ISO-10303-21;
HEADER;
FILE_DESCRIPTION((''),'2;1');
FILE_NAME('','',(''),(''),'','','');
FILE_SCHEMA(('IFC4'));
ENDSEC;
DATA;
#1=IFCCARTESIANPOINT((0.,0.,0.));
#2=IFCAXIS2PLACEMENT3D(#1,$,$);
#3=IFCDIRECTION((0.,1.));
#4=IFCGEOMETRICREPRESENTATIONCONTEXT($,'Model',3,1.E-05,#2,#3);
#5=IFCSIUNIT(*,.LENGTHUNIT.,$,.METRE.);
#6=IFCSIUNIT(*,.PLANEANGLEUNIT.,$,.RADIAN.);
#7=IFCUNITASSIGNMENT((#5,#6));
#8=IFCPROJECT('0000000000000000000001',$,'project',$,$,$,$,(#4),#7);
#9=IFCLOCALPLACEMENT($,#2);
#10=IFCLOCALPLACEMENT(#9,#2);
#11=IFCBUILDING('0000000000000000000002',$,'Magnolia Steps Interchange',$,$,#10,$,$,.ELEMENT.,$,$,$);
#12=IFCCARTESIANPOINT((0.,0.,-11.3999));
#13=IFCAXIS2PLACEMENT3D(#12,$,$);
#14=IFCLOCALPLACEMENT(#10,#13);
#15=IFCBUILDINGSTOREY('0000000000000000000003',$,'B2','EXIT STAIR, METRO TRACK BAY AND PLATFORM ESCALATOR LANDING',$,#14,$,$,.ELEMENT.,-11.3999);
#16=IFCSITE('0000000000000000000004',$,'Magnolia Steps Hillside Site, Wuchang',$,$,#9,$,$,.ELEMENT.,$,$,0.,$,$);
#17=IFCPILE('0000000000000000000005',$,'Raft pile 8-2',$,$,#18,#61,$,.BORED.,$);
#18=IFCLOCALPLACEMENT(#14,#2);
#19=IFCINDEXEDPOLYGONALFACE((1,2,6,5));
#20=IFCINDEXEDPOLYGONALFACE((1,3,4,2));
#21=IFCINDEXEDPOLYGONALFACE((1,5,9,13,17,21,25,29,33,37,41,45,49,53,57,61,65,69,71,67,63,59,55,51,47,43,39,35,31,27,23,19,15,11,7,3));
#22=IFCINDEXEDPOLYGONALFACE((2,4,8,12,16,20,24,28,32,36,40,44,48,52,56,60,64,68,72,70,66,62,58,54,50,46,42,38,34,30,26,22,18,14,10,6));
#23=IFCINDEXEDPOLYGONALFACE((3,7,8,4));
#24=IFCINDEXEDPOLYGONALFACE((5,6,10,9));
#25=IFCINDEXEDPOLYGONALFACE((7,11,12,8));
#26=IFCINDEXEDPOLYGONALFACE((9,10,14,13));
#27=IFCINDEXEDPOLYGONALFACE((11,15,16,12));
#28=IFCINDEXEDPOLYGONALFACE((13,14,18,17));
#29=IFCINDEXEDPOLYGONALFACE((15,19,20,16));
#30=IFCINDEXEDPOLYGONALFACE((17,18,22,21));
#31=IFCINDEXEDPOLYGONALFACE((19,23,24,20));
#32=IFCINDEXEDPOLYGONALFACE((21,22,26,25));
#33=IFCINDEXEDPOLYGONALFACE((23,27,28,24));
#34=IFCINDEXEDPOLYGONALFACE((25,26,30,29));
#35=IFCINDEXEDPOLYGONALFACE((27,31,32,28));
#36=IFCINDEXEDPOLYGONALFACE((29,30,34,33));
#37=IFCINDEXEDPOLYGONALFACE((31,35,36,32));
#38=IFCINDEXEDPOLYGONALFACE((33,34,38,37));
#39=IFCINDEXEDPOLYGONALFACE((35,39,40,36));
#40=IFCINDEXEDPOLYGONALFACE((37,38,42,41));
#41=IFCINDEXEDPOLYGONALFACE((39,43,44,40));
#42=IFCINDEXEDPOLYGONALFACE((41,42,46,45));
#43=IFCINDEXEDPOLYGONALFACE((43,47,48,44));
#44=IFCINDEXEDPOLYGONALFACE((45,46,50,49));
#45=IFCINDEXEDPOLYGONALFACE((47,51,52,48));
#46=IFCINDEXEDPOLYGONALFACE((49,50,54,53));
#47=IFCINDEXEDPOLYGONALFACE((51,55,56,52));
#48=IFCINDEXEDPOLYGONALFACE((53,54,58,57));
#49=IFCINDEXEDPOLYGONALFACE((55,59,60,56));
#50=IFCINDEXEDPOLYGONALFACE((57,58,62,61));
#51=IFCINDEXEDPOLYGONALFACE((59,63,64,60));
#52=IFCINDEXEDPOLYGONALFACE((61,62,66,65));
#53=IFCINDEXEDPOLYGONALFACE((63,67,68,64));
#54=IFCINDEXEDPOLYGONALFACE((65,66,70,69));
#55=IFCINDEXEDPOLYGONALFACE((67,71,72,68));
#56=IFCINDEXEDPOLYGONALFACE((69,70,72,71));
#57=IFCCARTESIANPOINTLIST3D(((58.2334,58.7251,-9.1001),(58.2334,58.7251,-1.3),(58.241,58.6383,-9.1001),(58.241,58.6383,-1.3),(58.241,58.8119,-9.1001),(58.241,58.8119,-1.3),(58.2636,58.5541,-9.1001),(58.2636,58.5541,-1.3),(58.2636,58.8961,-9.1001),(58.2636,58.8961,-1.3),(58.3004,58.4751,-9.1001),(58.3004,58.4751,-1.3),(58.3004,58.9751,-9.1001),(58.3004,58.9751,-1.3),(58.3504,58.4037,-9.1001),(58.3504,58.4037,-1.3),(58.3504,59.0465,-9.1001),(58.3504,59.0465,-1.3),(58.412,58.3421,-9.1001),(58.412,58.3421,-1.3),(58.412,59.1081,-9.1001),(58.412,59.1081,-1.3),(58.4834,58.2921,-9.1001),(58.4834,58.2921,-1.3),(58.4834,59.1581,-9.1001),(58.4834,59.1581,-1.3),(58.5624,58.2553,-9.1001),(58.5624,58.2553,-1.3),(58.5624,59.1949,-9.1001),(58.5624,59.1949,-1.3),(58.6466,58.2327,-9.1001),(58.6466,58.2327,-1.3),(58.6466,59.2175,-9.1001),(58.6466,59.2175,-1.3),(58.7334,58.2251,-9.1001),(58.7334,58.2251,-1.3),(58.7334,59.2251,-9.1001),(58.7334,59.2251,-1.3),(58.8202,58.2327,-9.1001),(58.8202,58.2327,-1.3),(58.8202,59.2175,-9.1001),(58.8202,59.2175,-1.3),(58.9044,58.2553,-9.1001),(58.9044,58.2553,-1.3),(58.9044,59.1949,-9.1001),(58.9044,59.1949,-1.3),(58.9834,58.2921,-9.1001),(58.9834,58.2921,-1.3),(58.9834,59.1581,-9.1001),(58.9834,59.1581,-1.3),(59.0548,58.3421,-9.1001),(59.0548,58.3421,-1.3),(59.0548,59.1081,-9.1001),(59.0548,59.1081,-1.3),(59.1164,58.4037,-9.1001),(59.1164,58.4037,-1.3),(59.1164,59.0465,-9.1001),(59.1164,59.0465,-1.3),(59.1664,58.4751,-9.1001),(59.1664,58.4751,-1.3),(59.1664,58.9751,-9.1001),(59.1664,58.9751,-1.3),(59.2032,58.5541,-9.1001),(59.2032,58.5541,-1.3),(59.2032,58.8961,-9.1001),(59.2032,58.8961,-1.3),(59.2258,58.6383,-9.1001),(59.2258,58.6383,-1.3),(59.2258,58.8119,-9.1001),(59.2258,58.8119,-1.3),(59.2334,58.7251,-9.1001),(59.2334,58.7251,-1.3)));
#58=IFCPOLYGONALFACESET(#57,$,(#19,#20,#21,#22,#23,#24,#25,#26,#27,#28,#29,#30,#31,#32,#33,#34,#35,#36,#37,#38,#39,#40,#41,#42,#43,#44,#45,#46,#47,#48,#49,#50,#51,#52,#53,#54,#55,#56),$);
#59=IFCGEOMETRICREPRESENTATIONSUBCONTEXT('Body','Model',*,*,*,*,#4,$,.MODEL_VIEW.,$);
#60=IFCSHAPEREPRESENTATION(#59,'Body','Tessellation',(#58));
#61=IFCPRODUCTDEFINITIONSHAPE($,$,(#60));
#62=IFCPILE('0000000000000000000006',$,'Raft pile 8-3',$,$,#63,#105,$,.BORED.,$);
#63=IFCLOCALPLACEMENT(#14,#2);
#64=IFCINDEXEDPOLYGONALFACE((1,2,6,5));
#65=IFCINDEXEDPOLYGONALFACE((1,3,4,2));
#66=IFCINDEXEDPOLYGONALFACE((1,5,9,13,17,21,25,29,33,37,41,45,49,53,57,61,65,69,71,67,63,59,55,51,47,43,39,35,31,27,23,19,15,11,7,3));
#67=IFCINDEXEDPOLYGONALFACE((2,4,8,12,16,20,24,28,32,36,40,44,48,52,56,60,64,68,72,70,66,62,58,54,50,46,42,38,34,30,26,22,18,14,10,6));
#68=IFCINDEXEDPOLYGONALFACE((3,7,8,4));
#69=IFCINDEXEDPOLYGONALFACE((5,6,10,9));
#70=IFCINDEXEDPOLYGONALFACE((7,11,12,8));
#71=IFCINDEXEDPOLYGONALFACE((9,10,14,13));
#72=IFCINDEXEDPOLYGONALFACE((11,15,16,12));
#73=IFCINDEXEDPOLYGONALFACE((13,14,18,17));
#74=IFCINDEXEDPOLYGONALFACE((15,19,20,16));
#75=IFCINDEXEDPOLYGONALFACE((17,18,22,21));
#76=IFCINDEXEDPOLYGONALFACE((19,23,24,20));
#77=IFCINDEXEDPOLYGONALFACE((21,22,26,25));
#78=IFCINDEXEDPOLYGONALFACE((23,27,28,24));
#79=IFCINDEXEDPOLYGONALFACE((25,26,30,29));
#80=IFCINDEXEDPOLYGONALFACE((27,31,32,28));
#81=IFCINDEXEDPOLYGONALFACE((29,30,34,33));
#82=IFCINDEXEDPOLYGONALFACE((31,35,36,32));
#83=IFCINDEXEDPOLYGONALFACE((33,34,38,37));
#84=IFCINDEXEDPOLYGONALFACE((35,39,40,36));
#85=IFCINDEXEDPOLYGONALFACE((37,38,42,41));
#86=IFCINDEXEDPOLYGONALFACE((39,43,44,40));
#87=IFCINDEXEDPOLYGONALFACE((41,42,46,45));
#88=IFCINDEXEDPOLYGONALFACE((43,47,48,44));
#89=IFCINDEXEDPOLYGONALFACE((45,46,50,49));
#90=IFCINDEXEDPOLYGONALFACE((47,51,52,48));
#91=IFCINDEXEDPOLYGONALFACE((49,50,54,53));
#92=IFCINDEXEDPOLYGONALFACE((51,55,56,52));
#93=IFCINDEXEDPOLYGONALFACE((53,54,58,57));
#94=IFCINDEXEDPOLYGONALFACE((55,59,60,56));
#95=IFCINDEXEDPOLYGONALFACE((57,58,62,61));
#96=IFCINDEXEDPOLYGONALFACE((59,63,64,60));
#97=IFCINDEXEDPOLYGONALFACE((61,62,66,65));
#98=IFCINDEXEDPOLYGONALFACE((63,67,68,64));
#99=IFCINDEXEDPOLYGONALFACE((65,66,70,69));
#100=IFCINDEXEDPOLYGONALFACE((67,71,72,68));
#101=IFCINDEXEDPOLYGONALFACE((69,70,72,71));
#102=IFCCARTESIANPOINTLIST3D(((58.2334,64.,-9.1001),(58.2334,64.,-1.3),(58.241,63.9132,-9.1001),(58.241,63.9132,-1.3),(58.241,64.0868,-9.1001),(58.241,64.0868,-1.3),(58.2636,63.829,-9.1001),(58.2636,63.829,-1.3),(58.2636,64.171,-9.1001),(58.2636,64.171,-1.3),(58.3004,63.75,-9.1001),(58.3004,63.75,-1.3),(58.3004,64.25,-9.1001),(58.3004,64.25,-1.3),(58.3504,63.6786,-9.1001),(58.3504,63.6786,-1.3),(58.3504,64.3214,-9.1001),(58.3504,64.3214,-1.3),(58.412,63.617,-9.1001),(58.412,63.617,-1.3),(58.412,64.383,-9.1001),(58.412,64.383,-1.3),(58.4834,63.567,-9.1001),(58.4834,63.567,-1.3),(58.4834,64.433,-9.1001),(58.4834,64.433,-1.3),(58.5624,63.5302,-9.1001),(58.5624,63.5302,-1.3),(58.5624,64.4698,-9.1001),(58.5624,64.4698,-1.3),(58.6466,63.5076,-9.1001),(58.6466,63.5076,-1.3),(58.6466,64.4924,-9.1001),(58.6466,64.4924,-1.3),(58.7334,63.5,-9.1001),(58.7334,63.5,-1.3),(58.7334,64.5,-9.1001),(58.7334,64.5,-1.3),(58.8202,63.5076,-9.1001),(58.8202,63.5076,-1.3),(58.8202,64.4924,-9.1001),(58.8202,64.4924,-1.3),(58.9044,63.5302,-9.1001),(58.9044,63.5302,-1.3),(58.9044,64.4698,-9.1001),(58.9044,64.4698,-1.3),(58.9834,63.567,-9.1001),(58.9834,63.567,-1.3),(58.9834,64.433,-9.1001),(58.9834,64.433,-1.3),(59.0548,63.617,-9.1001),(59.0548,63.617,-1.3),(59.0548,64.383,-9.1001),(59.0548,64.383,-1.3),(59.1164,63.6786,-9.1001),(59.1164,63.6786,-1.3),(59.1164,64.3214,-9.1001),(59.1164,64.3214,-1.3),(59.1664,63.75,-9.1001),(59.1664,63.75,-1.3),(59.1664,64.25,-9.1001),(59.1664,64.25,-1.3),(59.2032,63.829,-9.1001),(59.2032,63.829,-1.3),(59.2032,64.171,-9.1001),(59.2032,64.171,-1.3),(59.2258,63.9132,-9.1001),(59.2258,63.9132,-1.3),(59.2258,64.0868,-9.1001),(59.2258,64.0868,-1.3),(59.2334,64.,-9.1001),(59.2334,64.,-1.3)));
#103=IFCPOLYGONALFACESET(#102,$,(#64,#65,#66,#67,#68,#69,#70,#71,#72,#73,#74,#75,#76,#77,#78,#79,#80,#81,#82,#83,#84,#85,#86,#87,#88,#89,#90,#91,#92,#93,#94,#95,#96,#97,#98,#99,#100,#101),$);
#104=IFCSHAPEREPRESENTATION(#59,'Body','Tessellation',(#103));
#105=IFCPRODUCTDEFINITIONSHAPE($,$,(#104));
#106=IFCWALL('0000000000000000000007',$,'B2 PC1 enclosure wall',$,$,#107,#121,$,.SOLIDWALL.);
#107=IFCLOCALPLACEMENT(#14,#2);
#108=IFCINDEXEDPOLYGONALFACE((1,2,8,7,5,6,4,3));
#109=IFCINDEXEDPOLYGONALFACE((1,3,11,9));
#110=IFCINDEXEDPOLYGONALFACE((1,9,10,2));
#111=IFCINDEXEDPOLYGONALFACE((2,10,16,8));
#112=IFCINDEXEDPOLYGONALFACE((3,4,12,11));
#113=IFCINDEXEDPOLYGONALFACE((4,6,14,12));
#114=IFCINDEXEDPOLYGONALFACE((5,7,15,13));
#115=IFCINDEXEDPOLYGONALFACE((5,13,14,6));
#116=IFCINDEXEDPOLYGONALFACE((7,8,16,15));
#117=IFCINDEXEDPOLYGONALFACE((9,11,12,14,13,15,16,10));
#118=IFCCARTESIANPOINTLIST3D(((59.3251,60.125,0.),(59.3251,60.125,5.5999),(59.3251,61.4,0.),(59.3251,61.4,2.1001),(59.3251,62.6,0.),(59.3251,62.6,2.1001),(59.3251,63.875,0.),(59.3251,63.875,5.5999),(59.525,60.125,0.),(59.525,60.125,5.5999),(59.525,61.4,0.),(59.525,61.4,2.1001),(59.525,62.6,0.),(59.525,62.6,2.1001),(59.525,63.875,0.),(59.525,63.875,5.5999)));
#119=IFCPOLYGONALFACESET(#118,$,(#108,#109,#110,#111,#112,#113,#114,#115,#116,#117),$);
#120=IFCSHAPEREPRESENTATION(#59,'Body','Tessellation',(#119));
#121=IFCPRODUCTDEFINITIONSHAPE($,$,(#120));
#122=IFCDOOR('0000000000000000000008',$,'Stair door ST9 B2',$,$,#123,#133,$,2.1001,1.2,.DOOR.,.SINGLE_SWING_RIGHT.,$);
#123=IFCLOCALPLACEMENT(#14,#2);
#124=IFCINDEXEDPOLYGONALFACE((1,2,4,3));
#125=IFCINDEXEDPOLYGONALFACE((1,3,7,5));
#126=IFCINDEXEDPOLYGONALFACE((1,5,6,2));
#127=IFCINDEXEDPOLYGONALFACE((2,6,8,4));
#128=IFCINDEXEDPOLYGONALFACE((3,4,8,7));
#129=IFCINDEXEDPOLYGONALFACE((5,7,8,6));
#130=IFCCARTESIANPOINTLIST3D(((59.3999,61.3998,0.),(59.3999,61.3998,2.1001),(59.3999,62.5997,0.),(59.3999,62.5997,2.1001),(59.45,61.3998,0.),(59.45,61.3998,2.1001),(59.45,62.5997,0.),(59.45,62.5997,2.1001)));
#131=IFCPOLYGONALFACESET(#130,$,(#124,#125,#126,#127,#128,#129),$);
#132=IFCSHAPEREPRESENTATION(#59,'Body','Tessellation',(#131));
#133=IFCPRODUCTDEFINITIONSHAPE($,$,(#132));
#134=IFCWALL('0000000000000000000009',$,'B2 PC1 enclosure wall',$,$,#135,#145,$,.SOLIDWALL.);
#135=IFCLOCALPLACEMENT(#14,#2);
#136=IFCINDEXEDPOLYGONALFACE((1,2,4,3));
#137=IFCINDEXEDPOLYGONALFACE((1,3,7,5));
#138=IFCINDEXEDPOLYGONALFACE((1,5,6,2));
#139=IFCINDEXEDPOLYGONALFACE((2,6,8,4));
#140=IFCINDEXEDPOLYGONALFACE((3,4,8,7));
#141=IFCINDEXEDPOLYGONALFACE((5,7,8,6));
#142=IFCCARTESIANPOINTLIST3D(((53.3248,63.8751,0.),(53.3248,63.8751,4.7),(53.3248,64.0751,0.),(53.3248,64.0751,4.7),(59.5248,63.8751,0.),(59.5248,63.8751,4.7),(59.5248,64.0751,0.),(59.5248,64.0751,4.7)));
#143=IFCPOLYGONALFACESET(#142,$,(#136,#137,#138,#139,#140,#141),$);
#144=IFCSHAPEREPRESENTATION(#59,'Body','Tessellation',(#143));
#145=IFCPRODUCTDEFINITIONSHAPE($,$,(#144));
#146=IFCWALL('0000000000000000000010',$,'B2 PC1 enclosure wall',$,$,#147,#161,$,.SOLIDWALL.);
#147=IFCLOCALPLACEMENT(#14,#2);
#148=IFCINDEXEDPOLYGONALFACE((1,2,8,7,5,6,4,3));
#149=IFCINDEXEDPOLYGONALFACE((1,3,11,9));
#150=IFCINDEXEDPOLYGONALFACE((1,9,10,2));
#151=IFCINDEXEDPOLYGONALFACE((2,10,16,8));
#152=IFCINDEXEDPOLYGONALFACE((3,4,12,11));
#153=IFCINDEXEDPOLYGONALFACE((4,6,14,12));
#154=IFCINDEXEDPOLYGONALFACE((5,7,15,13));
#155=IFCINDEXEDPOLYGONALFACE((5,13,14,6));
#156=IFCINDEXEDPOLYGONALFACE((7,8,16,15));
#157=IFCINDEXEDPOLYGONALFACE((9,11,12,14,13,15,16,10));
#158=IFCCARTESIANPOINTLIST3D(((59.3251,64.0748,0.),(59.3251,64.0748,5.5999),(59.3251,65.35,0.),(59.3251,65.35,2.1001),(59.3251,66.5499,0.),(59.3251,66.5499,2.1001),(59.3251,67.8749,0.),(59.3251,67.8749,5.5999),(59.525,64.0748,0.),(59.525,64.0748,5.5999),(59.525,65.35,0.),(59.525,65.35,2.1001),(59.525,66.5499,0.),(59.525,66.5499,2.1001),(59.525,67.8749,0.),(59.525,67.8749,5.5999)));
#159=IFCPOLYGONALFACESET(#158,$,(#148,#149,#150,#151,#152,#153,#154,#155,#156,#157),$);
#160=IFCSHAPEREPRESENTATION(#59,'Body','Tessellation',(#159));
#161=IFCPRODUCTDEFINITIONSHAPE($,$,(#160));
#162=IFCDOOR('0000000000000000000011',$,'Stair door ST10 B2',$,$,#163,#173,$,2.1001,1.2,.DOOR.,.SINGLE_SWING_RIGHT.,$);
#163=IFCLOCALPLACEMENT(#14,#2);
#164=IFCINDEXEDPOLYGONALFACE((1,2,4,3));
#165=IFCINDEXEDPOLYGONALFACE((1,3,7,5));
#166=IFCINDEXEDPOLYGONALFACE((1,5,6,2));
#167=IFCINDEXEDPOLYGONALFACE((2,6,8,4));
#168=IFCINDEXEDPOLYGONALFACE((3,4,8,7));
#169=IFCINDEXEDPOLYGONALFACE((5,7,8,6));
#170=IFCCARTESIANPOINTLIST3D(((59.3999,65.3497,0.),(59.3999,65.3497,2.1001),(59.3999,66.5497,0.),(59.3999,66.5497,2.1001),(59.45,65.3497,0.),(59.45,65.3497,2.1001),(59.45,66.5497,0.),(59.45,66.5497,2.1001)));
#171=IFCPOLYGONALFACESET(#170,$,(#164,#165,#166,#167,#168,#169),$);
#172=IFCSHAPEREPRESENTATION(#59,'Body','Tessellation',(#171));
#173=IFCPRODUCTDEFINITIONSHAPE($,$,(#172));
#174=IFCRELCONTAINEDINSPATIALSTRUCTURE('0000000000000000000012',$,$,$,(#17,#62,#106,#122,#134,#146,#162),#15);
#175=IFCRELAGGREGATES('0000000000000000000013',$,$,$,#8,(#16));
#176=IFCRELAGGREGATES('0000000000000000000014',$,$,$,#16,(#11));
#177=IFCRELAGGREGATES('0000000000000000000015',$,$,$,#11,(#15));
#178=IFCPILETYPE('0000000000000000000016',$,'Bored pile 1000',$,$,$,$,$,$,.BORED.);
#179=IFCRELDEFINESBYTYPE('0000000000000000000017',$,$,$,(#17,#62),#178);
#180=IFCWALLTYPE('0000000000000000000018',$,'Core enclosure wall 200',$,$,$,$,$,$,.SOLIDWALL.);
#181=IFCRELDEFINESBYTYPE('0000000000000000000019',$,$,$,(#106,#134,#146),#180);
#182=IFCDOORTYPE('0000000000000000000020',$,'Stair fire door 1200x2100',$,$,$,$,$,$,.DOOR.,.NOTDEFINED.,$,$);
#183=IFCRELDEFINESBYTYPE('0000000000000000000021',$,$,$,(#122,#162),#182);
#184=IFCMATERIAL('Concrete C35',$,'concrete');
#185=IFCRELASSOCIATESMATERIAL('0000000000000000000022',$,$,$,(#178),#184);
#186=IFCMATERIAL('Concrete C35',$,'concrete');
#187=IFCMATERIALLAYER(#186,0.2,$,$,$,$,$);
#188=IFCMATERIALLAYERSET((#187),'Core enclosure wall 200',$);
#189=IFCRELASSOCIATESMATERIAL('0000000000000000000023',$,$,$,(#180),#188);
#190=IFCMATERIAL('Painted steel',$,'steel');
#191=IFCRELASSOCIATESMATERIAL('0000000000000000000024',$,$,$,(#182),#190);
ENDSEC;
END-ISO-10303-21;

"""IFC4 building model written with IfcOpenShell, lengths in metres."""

from ifc_helpers import new_model, si_unit, direction, frame, frame_2d, origin, origin_2d, place, context, subcontext, project, spatial, rectangle, circle, extrude, material, layer, layer_set, material_profile, profile_set, type_object, element, fill, save


model = new_model("IFC4")

# Units and contexts
model_context = context("Model", 3, precision=1e-05, world=origin(), true_north=direction((0.0, 1.0)))
body_context = subcontext(model_context, "Body", "Model", "MODEL_VIEW")
ifc_project = project(units=[si_unit("LENGTHUNIT", "METRE"), si_unit("PLANEANGLEUNIT", "RADIAN")], contexts=[model_context])

# Site, building, storey
site_placement = place(None, origin())
site = spatial("IfcSite", under=ifc_project, at=site_placement, Name="Magnolia Steps Hillside Site, Wuchang", CompositionType="ELEMENT", RefElevation=0.0)
building_placement = place(site_placement, origin())
building = spatial("IfcBuilding", under=site, at=building_placement, Name="Magnolia Steps Interchange", CompositionType="ELEMENT")
storey_placement = place(building_placement, frame((0.0, 0.0, -11.3999)))
storey = spatial("IfcBuildingStorey", under=building, at=storey_placement, Name="B2", Description="EXIT STAIR, METRO TRACK BAY AND PLATFORM ESCALATOR LANDING", CompositionType="ELEMENT", Elevation=-11.3999)

# Piles
ifc_material_1 = material(Name="Concrete C35", Category="concrete")
ifc_material_profile = material_profile(ifc_material_1, circle(Radius=0.5, at=origin_2d()), Name="Bored pile 1000")
ifc_profile_set = profile_set([ifc_material_profile], Name="Concrete C35")
pile_type = type_object("IfcPileType", Name="Bored pile 1000", PredefinedType="BORED", material=ifc_profile_set)
for number, where, z_axis, x_axis, name in (
    (1, (58.7334, 58.7251, -1.3), (0.0, 0.0, -1.0), (1.0, 0.0, 0.0), "Raft pile 8-2"),
    (2, (58.7334, 64.0, -1.3), (0.0, 0.0, -1.0), (1.0, 0.0, 0.0), "Raft pile 8-3"),
):
    element("IfcPile", number, at=place(storey_placement, frame(where, z_axis=z_axis, x_axis=x_axis)), inside=storey, type_object=pile_type, Name=name, PredefinedType="BORED", context=body_context, shape_type="SweptSolid", body=[
        extrude(circle(Radius=0.5, at=origin_2d()), origin(), (0.0, 0.0, 1.0), 7.8),
    ])

# Wall, opening, door
ifc_material_2 = material(Name="Concrete C35", Category="concrete")
ifc_layer = layer(ifc_material_2, 0.2)
ifc_layer_set = layer_set([ifc_layer], Name="Core enclosure wall 200")
wall_type = type_object("IfcWallType", Name="Core enclosure wall 200", PredefinedType="SOLIDWALL", material=ifc_layer_set)
wall_1_placement = place(storey_placement, frame((59.425, 60.125, 0.0), z_axis=(0.0, 0.0, 1.0), x_axis=(0.0, 1.0, 0.0)))
wall_1 = element("IfcWall", 3, at=wall_1_placement, inside=storey, type_object=wall_type, Name="B2 PC1 enclosure wall", PredefinedType="SOLIDWALL", context=body_context, shape_type="SweptSolid", body=[
    extrude(rectangle(XDim=3.75, YDim=0.2, at=frame_2d((1.875, 0.0))), origin(), (0.0, 0.0, 1.0), 5.5999),
])
opening_1_placement = place(wall_1_placement, frame((1.2749, 0.0, 0.0)))
opening_1 = element("IfcOpeningElement", 4, at=opening_1_placement, cuts=wall_1, PredefinedType="OPENING", context=body_context, shape_type="SweptSolid", body=[
    extrude(rectangle(XDim=1.2, YDim=2.1001, at=frame_2d((0.6001, 1.05))), frame((0.0, 0.1099, 0.0), z_axis=(0.0, -1.0, 0.0), x_axis=(1.0, 0.0, 0.0)), (0.0, 0.0, 1.0), 0.22),
])
ifc_material_3 = material(Name="Painted steel", Category="steel")
door_type = type_object("IfcDoorType", Name="Stair fire door 1200x2100", OperationType="NOTDEFINED", PredefinedType="DOOR", material=ifc_material_3)
door_1_placement = place(opening_1_placement, frame((1.2, 0.0, 0.0), z_axis=(0.0, 0.0, 1.0), x_axis=(-1.0, 0.0, 0.0)))
door_1 = element("IfcDoor", 5, at=door_1_placement, inside=storey, type_object=door_type, Name="Stair door ST9 B2", OperationType="SINGLE_SWING_RIGHT", OverallHeight=2.1001, OverallWidth=1.2, PredefinedType="DOOR", context=body_context, shape_type="SweptSolid", body=[
    extrude(rectangle(XDim=1.2, YDim=2.1001, at=frame_2d((0.6001, 1.05))), frame((0.0, 0.0249, 0.0), z_axis=(0.0, -1.0, 0.0), x_axis=(1.0, 0.0, 0.0)), (0.0, 0.0, 1.0), 0.05),
])
fill(opening_1, door_1)

# Wall
wall_2_placement = place(storey_placement, frame((59.5249, 63.9751, 0.0), z_axis=(0.0, 0.0, 1.0), x_axis=(-1.0, 0.0, 0.0)))
element("IfcWall", 6, at=wall_2_placement, inside=storey, type_object=wall_type, Name="B2 PC1 enclosure wall", PredefinedType="SOLIDWALL", context=body_context, shape_type="SweptSolid", body=[
    extrude(rectangle(XDim=6.2, YDim=0.2, at=frame_2d((3.1001, 0.0))), origin(), (0.0, 0.0, 1.0), 4.7),
])

# Wall, opening, door
wall_3_placement = place(storey_placement, frame((59.425, 64.075, 0.0), z_axis=(0.0, 0.0, 1.0), x_axis=(0.0, 1.0, 0.0)))
wall_3 = element("IfcWall", 7, at=wall_3_placement, inside=storey, type_object=wall_type, Name="B2 PC1 enclosure wall", PredefinedType="SOLIDWALL", context=body_context, shape_type="SweptSolid", body=[
    extrude(rectangle(XDim=3.8, YDim=0.2, at=frame_2d((1.8999, 0.0))), origin(), (0.0, 0.0, 1.0), 5.5999),
])
opening_2_placement = place(wall_3_placement, frame((1.2749, 0.0, 0.0)))
opening_2 = element("IfcOpeningElement", 8, at=opening_2_placement, cuts=wall_3, PredefinedType="OPENING", context=body_context, shape_type="SweptSolid", body=[
    extrude(rectangle(XDim=1.2, YDim=2.1001, at=frame_2d((0.6001, 1.05))), frame((0.0, 0.1099, 0.0), z_axis=(0.0, -1.0, 0.0), x_axis=(1.0, 0.0, 0.0)), (0.0, 0.0, 1.0), 0.22),
])
door_2_placement = place(opening_2_placement, frame((1.2, 0.0, 0.0), z_axis=(0.0, 0.0, 1.0), x_axis=(-1.0, 0.0, 0.0)))
door_2 = element("IfcDoor", 9, at=door_2_placement, inside=storey, type_object=door_type, Name="Stair door ST10 B2", OperationType="SINGLE_SWING_RIGHT", OverallHeight=2.1001, OverallWidth=1.2, PredefinedType="DOOR", context=body_context, shape_type="SweptSolid", body=[
    extrude(rectangle(XDim=1.2, YDim=2.1001, at=frame_2d((0.6001, 1.05))), frame((0.0, 0.0249, 0.0), z_axis=(0.0, -1.0, 0.0), x_axis=(1.0, 0.0, 0.0)), (0.0, 0.0, 1.0), 0.05),
])
fill(opening_2, door_2)

save(model, "model.ifc")
